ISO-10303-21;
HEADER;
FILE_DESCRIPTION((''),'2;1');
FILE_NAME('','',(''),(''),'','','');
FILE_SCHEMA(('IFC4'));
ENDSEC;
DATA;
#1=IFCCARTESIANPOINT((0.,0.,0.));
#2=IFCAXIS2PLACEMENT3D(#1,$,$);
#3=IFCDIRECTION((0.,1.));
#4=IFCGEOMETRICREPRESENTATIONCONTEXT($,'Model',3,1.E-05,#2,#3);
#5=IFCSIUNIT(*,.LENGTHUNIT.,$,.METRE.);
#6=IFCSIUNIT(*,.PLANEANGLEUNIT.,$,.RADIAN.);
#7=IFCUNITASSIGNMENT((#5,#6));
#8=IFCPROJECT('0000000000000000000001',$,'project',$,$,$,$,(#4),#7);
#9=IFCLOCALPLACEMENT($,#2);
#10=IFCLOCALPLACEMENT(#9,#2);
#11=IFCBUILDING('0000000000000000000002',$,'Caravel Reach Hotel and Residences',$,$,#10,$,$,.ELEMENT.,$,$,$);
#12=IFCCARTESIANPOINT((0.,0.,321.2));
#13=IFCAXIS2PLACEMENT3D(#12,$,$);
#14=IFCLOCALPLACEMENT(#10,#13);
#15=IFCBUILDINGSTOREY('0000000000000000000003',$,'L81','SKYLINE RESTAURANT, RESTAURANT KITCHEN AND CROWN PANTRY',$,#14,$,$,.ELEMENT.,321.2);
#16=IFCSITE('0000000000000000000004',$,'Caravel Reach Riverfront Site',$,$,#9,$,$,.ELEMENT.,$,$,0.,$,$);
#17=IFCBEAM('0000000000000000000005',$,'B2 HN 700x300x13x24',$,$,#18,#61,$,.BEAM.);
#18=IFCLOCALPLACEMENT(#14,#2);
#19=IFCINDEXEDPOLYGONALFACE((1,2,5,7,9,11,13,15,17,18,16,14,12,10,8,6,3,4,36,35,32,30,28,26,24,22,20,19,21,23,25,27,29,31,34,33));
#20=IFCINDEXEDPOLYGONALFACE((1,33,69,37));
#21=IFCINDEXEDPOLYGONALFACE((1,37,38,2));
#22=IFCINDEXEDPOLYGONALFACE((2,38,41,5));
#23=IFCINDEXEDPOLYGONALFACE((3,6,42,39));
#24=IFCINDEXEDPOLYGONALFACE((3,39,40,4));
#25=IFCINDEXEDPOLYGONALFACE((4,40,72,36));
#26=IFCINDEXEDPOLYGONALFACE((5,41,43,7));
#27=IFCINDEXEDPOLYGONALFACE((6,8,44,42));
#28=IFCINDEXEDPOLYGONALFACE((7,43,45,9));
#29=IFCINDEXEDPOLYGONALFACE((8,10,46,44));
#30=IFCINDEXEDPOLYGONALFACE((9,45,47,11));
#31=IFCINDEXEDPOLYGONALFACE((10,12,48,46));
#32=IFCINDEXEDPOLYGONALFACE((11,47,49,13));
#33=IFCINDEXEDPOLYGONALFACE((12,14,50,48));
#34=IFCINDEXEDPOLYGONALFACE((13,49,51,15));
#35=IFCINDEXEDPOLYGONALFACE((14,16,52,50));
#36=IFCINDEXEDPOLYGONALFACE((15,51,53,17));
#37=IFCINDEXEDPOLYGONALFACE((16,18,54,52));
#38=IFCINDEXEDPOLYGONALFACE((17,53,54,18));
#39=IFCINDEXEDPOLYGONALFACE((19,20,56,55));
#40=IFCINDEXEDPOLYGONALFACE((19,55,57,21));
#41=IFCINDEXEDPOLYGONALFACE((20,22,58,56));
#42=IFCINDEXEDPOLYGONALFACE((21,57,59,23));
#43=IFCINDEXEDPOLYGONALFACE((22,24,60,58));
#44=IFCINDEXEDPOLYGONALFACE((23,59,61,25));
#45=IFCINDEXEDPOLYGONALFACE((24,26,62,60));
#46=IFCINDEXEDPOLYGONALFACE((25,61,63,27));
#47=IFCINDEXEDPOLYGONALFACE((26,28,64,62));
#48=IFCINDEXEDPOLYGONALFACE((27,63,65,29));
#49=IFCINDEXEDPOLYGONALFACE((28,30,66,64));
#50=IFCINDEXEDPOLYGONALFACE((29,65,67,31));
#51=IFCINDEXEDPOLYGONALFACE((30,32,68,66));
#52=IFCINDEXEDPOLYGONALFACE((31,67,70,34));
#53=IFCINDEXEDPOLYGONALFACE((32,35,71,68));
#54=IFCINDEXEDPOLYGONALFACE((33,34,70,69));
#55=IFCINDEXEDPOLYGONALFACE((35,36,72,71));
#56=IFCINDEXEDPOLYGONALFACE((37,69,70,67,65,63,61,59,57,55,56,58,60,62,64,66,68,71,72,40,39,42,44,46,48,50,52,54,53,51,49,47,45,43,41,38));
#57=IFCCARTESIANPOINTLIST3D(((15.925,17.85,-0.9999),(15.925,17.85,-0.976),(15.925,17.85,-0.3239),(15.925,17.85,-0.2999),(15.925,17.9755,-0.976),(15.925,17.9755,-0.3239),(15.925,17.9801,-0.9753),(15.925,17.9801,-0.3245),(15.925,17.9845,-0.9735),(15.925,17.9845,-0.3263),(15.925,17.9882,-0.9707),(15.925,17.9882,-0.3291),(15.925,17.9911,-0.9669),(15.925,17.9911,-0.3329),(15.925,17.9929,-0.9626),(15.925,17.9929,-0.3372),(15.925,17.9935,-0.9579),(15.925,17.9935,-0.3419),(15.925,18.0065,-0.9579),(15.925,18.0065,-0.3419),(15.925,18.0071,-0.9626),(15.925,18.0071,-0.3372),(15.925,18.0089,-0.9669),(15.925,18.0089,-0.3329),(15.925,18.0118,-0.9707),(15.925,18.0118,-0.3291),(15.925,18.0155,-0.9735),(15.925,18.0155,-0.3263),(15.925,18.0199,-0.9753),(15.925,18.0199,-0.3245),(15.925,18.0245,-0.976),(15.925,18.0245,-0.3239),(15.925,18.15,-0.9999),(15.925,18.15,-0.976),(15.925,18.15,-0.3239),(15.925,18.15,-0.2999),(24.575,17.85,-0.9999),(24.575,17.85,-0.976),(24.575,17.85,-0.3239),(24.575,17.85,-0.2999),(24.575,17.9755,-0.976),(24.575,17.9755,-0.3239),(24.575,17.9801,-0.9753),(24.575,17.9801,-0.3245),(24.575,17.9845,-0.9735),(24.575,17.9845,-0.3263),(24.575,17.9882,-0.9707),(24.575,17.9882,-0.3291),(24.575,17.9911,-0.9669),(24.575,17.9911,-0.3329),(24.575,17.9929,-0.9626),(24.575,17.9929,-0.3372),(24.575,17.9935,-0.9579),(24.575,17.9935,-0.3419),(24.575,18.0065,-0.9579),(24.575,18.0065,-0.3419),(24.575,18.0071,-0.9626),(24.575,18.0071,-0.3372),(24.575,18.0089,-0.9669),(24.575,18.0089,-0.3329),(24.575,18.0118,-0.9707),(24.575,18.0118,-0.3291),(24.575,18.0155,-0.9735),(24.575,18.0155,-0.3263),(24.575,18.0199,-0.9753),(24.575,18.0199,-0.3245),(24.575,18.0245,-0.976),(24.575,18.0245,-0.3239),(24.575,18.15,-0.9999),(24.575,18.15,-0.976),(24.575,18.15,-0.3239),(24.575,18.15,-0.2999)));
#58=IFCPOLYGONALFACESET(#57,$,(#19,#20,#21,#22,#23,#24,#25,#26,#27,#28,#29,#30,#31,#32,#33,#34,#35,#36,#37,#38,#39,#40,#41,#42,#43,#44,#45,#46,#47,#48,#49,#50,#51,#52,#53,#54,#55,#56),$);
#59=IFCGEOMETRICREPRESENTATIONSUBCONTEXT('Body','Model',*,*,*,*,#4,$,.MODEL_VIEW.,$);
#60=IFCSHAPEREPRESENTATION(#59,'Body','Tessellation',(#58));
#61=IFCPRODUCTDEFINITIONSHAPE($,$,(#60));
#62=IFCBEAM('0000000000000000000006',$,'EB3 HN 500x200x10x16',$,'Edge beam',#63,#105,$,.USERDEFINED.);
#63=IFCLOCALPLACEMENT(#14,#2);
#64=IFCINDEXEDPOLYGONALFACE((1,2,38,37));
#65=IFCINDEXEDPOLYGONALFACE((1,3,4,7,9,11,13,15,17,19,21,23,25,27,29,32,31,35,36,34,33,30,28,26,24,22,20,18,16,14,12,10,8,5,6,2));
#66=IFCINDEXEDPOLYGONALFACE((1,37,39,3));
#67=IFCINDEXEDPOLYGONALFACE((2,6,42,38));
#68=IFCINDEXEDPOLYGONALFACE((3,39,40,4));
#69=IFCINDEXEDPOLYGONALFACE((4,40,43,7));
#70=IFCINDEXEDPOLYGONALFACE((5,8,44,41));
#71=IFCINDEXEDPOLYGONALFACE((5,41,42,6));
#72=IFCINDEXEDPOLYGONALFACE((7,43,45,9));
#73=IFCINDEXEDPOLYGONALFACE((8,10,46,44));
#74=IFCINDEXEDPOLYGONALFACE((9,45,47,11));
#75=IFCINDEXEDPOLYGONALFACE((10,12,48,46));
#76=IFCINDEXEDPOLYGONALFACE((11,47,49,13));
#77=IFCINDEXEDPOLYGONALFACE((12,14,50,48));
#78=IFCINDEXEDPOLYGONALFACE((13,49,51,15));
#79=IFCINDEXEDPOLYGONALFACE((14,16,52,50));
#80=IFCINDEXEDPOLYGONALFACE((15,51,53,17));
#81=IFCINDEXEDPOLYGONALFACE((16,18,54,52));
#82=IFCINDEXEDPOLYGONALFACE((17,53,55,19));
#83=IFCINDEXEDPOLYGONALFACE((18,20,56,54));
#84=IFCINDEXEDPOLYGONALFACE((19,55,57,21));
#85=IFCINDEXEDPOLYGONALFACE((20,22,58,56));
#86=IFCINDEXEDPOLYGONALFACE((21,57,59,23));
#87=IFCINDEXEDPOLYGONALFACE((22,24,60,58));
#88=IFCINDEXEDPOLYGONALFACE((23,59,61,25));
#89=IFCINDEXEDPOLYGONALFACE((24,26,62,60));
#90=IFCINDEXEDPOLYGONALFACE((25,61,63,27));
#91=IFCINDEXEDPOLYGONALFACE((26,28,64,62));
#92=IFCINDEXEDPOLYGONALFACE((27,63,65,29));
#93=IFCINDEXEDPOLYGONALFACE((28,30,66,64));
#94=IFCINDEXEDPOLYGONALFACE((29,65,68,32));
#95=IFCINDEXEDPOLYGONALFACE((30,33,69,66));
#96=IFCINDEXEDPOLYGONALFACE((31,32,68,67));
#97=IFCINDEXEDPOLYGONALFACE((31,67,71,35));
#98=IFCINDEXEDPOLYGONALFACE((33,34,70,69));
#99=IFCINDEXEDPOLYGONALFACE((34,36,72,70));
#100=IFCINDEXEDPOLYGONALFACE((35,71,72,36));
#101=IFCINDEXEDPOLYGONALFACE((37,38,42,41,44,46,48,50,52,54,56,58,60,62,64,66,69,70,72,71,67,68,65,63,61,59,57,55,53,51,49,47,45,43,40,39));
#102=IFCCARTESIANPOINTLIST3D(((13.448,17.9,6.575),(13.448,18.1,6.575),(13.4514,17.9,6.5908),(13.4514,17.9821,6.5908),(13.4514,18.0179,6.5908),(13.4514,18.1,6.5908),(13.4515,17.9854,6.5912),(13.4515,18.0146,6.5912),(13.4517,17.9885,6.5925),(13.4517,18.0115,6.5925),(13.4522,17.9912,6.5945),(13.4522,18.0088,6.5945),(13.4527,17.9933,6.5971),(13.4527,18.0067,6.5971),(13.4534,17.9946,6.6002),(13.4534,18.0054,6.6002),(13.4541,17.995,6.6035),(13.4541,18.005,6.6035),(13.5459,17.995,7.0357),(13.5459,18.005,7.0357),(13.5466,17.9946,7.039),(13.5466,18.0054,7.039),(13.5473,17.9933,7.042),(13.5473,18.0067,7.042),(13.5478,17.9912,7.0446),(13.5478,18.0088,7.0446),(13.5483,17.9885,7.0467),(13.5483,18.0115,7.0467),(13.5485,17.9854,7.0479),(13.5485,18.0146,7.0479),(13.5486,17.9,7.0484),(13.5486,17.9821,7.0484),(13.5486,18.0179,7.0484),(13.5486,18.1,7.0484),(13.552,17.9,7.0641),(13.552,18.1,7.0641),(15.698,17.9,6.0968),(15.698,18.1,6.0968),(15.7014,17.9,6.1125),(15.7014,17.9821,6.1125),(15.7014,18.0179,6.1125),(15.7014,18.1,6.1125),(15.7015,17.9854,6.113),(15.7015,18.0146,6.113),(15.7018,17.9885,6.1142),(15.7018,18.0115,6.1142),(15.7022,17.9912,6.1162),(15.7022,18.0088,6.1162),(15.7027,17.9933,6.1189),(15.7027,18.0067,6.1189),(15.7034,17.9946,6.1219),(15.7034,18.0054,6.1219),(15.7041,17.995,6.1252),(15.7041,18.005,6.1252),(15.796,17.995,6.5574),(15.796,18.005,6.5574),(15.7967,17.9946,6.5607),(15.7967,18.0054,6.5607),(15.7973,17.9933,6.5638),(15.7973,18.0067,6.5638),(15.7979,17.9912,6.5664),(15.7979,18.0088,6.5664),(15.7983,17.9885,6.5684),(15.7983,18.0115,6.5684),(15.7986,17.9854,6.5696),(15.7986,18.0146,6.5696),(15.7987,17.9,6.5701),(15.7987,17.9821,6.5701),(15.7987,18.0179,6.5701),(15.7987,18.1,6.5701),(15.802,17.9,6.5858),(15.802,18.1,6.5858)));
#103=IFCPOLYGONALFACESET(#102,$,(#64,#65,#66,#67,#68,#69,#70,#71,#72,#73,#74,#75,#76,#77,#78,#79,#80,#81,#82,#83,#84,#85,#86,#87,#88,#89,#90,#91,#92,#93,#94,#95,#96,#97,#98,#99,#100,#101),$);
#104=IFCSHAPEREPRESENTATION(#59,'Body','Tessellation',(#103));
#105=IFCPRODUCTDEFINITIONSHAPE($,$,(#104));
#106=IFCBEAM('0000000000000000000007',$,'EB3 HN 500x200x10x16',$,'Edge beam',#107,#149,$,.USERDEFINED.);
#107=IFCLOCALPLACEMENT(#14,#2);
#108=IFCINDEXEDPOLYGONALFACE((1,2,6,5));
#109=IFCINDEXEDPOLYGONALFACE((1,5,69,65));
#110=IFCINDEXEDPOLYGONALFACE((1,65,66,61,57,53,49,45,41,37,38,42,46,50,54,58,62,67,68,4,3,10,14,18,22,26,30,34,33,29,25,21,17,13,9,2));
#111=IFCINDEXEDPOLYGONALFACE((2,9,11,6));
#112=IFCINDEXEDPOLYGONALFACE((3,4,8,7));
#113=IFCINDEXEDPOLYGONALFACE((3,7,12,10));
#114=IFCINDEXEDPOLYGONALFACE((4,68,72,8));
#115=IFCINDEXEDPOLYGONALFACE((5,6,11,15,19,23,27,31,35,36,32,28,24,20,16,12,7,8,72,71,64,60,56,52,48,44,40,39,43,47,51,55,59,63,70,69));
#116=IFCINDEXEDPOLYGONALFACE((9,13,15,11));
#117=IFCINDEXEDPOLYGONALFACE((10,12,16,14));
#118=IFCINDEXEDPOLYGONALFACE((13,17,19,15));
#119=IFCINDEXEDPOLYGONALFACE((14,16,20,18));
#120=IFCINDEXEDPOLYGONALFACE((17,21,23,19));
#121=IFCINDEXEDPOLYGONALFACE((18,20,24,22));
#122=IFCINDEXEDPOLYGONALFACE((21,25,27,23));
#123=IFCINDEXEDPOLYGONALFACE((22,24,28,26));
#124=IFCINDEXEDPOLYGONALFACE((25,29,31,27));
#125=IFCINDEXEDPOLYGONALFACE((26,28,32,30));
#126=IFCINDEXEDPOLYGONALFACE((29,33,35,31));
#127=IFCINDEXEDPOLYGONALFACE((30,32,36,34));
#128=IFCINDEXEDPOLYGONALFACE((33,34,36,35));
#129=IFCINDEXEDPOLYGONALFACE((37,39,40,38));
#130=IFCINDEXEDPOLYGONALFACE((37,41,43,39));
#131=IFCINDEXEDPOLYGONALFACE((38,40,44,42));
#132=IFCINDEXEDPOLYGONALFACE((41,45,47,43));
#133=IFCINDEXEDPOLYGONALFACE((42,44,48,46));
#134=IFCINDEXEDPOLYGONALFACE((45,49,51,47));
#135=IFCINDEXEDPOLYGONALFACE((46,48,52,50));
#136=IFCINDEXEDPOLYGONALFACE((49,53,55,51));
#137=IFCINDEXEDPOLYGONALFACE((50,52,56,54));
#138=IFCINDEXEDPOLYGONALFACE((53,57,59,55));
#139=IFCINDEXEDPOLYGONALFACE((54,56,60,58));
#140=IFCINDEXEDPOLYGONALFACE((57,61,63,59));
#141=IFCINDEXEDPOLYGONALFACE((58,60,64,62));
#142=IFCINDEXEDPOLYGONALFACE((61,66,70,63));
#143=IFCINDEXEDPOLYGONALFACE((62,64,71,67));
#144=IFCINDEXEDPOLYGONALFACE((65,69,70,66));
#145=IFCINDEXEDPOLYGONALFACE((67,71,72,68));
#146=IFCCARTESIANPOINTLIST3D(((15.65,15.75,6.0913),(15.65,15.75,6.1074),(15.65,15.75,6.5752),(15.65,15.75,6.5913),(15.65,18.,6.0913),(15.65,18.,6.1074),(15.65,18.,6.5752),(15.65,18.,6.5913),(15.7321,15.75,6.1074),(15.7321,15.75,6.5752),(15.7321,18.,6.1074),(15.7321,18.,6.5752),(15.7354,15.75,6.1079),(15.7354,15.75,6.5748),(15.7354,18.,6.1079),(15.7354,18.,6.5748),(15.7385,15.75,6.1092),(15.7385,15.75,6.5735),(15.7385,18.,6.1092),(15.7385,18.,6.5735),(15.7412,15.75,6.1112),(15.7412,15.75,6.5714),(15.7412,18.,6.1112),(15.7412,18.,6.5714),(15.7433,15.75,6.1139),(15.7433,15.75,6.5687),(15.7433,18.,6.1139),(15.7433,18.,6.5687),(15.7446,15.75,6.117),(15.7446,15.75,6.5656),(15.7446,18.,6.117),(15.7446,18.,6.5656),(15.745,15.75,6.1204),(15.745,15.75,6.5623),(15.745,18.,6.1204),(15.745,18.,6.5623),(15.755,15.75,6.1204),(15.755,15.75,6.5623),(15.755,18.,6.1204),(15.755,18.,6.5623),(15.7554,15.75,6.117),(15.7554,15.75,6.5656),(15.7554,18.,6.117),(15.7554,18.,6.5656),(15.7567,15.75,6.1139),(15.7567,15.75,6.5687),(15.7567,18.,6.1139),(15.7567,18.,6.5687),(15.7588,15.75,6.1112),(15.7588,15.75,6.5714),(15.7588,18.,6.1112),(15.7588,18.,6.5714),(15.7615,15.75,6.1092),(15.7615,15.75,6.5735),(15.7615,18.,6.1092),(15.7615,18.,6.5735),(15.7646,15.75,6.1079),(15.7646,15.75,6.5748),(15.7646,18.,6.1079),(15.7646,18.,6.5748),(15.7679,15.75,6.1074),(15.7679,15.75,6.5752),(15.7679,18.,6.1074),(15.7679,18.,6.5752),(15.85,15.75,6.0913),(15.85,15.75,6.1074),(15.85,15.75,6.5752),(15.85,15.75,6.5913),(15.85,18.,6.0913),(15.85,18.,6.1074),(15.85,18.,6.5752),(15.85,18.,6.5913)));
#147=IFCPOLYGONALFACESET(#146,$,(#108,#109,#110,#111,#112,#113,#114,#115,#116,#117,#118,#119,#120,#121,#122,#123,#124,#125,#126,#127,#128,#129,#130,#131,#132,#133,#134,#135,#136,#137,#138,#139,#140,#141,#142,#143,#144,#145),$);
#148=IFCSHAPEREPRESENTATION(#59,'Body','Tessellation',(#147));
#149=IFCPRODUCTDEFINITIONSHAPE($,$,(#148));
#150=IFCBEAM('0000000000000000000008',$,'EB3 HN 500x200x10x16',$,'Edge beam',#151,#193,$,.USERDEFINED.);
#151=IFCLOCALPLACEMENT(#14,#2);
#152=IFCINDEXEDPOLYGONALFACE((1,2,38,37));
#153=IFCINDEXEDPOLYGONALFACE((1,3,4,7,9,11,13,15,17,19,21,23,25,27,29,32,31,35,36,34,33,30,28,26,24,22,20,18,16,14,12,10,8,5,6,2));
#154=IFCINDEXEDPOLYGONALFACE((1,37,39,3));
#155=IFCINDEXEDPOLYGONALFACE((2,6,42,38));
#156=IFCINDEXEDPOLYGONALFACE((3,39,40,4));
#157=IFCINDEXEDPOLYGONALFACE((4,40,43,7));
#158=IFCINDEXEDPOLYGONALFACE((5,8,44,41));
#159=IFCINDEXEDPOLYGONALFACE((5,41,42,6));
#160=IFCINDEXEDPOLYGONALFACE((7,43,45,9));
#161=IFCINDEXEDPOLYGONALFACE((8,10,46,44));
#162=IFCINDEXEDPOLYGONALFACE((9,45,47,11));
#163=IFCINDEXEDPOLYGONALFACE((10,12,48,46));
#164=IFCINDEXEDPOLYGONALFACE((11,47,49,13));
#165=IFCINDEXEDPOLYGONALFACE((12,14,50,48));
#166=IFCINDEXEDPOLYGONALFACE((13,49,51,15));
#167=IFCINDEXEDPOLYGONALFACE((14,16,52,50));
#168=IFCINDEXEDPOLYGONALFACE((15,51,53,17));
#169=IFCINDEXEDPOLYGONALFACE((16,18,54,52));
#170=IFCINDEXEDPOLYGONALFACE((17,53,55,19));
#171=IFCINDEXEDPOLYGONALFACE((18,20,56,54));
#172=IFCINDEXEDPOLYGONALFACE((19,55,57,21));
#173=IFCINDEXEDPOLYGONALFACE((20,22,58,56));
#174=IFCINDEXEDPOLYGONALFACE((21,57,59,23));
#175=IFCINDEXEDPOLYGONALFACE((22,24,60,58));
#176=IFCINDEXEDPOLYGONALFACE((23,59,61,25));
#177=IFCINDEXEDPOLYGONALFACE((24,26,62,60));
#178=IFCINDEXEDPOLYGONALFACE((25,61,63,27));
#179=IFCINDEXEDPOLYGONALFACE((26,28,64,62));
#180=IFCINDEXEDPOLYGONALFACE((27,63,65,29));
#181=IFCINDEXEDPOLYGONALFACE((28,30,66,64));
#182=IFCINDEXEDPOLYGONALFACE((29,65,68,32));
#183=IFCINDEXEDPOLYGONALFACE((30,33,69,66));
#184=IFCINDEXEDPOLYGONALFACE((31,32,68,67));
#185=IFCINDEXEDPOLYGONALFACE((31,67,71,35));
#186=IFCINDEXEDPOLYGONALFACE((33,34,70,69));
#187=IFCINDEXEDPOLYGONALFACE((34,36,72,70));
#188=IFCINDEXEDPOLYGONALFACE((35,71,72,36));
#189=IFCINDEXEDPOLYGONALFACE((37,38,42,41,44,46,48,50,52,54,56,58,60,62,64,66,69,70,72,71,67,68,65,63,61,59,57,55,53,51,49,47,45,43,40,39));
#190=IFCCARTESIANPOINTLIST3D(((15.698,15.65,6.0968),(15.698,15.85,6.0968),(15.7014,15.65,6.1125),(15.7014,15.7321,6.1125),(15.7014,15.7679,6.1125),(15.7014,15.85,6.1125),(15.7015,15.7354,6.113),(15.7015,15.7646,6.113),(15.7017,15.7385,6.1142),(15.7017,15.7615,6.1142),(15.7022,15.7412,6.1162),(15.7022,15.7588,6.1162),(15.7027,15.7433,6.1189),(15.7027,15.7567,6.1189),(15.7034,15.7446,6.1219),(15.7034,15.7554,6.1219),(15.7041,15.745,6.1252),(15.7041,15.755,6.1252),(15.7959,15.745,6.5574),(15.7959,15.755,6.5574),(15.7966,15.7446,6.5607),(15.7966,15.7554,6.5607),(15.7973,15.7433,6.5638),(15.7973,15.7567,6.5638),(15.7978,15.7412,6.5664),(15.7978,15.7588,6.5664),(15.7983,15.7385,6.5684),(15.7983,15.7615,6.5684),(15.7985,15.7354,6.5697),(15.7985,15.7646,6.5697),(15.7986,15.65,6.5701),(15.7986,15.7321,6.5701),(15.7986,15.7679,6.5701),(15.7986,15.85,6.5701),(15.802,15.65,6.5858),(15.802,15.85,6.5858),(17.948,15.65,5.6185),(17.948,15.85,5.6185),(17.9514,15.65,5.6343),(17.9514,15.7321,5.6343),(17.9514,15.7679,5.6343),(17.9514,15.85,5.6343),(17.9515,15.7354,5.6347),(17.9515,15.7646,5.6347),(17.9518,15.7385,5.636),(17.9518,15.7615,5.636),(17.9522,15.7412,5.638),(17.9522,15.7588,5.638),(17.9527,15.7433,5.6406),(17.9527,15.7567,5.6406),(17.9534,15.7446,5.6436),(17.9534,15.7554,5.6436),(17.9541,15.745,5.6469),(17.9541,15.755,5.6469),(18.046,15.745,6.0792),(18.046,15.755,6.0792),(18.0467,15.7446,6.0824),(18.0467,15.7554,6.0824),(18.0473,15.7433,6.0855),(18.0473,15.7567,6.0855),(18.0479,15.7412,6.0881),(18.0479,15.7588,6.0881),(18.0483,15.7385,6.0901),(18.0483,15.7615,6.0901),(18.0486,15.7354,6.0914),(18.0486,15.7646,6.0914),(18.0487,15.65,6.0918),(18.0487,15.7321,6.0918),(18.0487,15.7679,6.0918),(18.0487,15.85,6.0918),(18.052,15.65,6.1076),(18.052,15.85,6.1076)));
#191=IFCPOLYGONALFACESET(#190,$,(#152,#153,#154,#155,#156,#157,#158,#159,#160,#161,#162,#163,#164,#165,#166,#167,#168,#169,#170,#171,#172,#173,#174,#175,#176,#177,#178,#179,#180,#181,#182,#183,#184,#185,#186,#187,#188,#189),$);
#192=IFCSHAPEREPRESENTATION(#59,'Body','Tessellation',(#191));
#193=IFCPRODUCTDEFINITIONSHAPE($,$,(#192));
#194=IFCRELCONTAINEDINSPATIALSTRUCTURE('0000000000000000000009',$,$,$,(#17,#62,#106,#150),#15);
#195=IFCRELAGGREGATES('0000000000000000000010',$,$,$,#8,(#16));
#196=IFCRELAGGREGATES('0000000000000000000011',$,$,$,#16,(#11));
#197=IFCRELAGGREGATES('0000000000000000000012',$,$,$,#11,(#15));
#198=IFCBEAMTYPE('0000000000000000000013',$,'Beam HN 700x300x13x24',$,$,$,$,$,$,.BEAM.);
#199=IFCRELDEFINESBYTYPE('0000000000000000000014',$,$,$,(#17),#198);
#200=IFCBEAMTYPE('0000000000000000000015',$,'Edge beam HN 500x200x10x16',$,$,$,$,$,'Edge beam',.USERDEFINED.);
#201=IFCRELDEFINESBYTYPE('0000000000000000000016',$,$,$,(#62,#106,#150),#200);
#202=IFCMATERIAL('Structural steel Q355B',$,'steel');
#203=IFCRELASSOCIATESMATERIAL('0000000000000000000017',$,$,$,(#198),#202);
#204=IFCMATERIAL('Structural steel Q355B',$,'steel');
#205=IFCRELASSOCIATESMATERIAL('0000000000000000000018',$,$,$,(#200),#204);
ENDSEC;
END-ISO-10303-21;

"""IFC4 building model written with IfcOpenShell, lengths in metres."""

from ifc_helpers import new_model, si_unit, direction, frame, origin, origin_2d, place, context, subcontext, project, spatial, i_section, extrude, material, material_profile, profile_set, type_object, element, save


model = new_model("IFC4")

# Units and contexts
model_context = context("Model", 3, precision=1e-05, world=origin(), true_north=direction((0.0, 1.0)))
body_context = subcontext(model_context, "Body", "Model", "MODEL_VIEW")
ifc_project = project(units=[si_unit("LENGTHUNIT", "METRE"), si_unit("PLANEANGLEUNIT", "RADIAN")], contexts=[model_context])

# Site, building, storey
site_placement = place(None, origin())
site = spatial("IfcSite", under=ifc_project, at=site_placement, Name="Caravel Reach Riverfront Site", CompositionType="ELEMENT", RefElevation=0.0)
building_placement = place(site_placement, origin())
building = spatial("IfcBuilding", under=site, at=building_placement, Name="Caravel Reach Hotel and Residences", CompositionType="ELEMENT")
storey_placement = place(building_placement, frame((0.0, 0.0, 321.2)))
storey = spatial("IfcBuildingStorey", under=building, at=storey_placement, Name="L81", Description="SKYLINE RESTAURANT, RESTAURANT KITCHEN AND CROWN PANTRY", CompositionType="ELEMENT", Elevation=321.2)

# Beams
ifc_material_1 = material(Name="Structural steel Q355B", Category="steel")
ifc_material_profile_1 = material_profile(ifc_material_1, i_section(OverallWidth=0.3, OverallDepth=0.7, WebThickness=0.0129, FlangeThickness=0.0239, FilletRadius=0.0181, at=origin_2d()), Name="HN 700x300x13x24")
ifc_profile_set_1 = profile_set([ifc_material_profile_1], Name="Structural steel Q355B")
beam_type_1 = type_object("IfcBeamType", Name="Beam HN 700x300x13x24", PredefinedType="BEAM", material=ifc_profile_set_1)
beam_1_placement = place(storey_placement, frame((15.925, 18.0, -0.6499), z_axis=(1.0, 0.0, 0.0), x_axis=(0.0, 1.0, 0.0)))
element("IfcBeam", 1, at=beam_1_placement, inside=storey, type_object=beam_type_1, Name="B2 HN 700x300x13x24", PredefinedType="BEAM", context=body_context, shape_type="SweptSolid", body=[
    extrude(i_section(OverallWidth=0.3, OverallDepth=0.7, WebThickness=0.0129, FlangeThickness=0.0239, FilletRadius=0.0181, at=origin_2d()), origin(), (0.0, 0.0, 1.0), 8.6499),
])
ifc_material_2 = material(Name="Structural steel Q355B", Category="steel")
ifc_material_profile_2 = material_profile(ifc_material_2, i_section(OverallWidth=0.2, OverallDepth=0.5, WebThickness=0.01, FlangeThickness=0.0161, FilletRadius=0.0129, at=origin_2d()), Name="HN 500x200x10x16")
ifc_profile_set_2 = profile_set([ifc_material_profile_2], Name="Structural steel Q355B")
beam_type_2 = type_object("IfcBeamType", Name="Edge beam HN 500x200x10x16", ElementType="Edge beam", PredefinedType="USERDEFINED", material=ifc_profile_set_2)
beam_2_placement = place(storey_placement, frame((13.5, 18.0, 6.8196), z_axis=(0.978146, 0.0, -0.20792), x_axis=(0.0, 1.0, 0.0)))
element("IfcBeam", 2, at=beam_2_placement, inside=storey, type_object=beam_type_2, Name="EB3 HN 500x200x10x16", ObjectType="Edge beam", PredefinedType="USERDEFINED", context=body_context, shape_type="SweptSolid", body=[
    extrude(i_section(OverallWidth=0.2, OverallDepth=0.5, WebThickness=0.01, FlangeThickness=0.0161, FilletRadius=0.0129, at=origin_2d()), origin(), (0.0, 0.0, 1.0), 2.3003),
])
beam_3_placement = place(storey_placement, frame((15.75, 18.0, 6.3413), z_axis=(0.0, -1.0, 0.0), x_axis=(1.0, 0.0, 0.0)))
element("IfcBeam", 3, at=beam_3_placement, inside=storey, type_object=beam_type_2, Name="EB3 HN 500x200x10x16", ObjectType="Edge beam", PredefinedType="USERDEFINED", context=body_context, shape_type="SweptSolid", body=[
    extrude(i_section(OverallWidth=0.2, OverallDepth=0.5, WebThickness=0.01, FlangeThickness=0.0161, FilletRadius=0.0129, at=origin_2d()), origin(), (0.0, 0.0, 1.0), 2.25),
])
beam_4_placement = place(storey_placement, frame((15.75, 15.75, 6.3413), z_axis=(0.978146, 0.0, -0.20792), x_axis=(0.0, 1.0, 0.0)))
element("IfcBeam", 4, at=beam_4_placement, inside=storey, type_object=beam_type_2, Name="EB3 HN 500x200x10x16", ObjectType="Edge beam", PredefinedType="USERDEFINED", context=body_context, shape_type="SweptSolid", body=[
    extrude(i_section(OverallWidth=0.2, OverallDepth=0.5, WebThickness=0.01, FlangeThickness=0.0161, FilletRadius=0.0129, at=origin_2d()), origin(), (0.0, 0.0, 1.0), 2.3003),
])

save(model, "model.ifc")
